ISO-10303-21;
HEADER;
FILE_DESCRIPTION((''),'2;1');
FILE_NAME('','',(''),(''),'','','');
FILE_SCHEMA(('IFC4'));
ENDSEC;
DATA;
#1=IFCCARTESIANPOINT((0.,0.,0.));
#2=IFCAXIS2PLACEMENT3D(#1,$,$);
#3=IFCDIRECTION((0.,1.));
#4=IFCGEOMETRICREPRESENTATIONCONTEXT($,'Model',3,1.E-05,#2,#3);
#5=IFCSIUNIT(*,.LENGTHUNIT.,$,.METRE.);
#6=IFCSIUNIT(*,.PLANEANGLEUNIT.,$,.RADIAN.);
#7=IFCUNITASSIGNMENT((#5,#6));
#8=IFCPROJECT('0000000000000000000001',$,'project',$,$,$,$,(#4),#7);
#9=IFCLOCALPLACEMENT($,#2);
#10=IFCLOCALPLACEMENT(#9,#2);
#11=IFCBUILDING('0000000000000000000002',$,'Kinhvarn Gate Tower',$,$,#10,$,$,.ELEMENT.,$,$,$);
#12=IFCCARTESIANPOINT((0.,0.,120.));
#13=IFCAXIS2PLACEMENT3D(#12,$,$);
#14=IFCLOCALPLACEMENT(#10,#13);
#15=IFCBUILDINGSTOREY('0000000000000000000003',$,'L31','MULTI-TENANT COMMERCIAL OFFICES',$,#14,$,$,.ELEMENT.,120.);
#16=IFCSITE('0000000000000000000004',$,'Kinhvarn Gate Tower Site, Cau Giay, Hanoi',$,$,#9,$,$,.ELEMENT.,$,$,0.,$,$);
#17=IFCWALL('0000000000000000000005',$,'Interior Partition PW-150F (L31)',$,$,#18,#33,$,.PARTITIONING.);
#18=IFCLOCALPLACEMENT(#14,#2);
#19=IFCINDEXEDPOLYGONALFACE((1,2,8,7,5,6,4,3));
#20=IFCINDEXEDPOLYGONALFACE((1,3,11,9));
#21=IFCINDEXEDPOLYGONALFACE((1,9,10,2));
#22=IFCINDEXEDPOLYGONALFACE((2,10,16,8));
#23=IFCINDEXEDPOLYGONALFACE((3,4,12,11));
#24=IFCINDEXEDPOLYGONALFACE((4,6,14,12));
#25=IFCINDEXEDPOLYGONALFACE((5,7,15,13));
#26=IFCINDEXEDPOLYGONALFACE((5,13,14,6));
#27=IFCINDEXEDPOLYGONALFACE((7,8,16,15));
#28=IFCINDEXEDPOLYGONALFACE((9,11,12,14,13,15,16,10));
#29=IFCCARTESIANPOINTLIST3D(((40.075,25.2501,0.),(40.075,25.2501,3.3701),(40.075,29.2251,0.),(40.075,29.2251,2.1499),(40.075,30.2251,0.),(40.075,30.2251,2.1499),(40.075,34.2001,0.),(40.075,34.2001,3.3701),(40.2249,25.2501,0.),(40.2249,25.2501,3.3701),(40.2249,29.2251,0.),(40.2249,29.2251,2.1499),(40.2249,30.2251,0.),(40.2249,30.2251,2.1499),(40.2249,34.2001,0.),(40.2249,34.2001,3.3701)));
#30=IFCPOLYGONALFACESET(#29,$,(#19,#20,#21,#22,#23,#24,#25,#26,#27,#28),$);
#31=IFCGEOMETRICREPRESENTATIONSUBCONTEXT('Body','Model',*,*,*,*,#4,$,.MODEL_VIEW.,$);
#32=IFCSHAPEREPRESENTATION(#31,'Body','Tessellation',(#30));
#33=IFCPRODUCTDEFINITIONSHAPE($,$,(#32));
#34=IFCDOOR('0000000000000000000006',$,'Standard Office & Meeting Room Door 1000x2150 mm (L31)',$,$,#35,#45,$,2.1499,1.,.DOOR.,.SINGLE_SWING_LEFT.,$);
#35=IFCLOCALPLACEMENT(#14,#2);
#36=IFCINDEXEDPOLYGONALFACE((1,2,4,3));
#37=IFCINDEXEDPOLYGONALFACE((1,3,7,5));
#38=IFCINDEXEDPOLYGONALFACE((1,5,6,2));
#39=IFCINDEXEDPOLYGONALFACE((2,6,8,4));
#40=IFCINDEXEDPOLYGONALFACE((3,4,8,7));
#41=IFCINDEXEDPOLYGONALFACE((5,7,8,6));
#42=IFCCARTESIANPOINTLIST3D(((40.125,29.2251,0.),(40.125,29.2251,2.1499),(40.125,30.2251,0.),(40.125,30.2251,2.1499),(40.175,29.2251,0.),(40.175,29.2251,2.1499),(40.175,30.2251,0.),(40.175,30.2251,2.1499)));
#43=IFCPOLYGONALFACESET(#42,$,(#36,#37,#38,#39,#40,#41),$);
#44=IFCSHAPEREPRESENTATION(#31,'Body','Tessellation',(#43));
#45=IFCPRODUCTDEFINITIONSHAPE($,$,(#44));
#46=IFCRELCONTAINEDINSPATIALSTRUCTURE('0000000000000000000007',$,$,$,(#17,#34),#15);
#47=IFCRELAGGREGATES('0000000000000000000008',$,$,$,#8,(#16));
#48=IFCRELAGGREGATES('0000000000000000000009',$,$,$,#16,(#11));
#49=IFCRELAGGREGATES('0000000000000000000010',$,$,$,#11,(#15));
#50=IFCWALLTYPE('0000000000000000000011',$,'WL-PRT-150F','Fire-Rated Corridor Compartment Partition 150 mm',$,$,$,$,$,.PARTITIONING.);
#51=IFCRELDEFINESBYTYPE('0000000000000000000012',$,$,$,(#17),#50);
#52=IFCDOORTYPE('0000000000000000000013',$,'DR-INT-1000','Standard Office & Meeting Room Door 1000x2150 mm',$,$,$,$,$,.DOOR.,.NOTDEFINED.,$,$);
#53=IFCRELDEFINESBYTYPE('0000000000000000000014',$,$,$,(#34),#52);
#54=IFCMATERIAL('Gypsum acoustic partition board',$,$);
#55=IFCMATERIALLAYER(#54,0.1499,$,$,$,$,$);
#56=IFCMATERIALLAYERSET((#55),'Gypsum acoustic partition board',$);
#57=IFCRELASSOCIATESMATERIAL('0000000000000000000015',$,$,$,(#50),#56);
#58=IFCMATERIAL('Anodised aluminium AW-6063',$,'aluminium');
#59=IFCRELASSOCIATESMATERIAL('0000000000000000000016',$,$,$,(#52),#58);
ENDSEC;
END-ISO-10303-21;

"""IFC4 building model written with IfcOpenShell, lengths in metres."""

from ifc_helpers import new_model, si_unit, direction, frame, frame_2d, origin, place, context, subcontext, project, spatial, rectangle, extrude, material, layer, layer_set, type_object, element, fill, save


model = new_model("IFC4")

# Units and contexts
model_context = context("Model", 3, precision=1e-05, world=origin(), true_north=direction((0.0, 1.0)))
body_context = subcontext(model_context, "Body", "Model", "MODEL_VIEW")
ifc_project = project(units=[si_unit("LENGTHUNIT", "METRE"), si_unit("PLANEANGLEUNIT", "RADIAN")], contexts=[model_context])

# Site, building, storey
site_placement = place(None, origin())
site = spatial("IfcSite", under=ifc_project, at=site_placement, Name="Kinhvarn Gate Tower Site, Cau Giay, Hanoi", CompositionType="ELEMENT", RefElevation=0.0)
building_placement = place(site_placement, origin())
building = spatial("IfcBuilding", under=site, at=building_placement, Name="Kinhvarn Gate Tower", CompositionType="ELEMENT")
storey_placement = place(building_placement, frame((0.0, 0.0, 120.0)))
storey = spatial("IfcBuildingStorey", under=building, at=storey_placement, Name="L31", Description="MULTI-TENANT COMMERCIAL OFFICES", CompositionType="ELEMENT", Elevation=120.0)

# Shared definitions
ifc_material_1 = material(Name="Anodised aluminium AW-6063", Category="aluminium")

# Shared definitions
ifc_material_2 = material(Name="Gypsum acoustic partition board")

# Wall, opening, door
ifc_layer_1 = layer(ifc_material_2, 0.1499)
ifc_layer_set_1 = layer_set([ifc_layer_1], Name="Gypsum acoustic partition board")
wall_type_1 = type_object("IfcWallType", Name="WL-PRT-150F", Description="Fire-Rated Corridor Compartment Partition 150 mm", PredefinedType="PARTITIONING", material=ifc_layer_set_1)
door_type = type_object("IfcDoorType", Name="DR-INT-1000", Description="Standard Office & Meeting Room Door 1000x2150 mm", OperationType="NOTDEFINED", PredefinedType="DOOR", material=ifc_material_1)
wall_1_placement = place(storey_placement, frame((40.1499, 25.25, 0.0), z_axis=(0.0, 0.0, 1.0), x_axis=(0.0, 1.0, 0.0)))
wall_1 = element("IfcWall", 1, at=wall_1_placement, inside=storey, type_object=wall_type_1, Name="Interior Partition PW-150F (L31)", PredefinedType="PARTITIONING", context=body_context, shape_type="SweptSolid", body=[
    extrude(rectangle(XDim=8.95, YDim=0.1499, at=frame_2d((4.4751, 0.0))), origin(), (0.0, 0.0, 1.0), 3.3701),
])
opening_1_placement = place(wall_1_placement, frame((3.9751, 0.0, 0.0)))
opening_1 = element("IfcOpeningElement", 2, at=opening_1_placement, cuts=wall_1, PredefinedType="OPENING", context=body_context, shape_type="SweptSolid", body=[
    extrude(rectangle(XDim=1.0, YDim=2.1499, at=frame_2d((0.5, 1.075))), frame((0.0, 0.085, 0.0), z_axis=(0.0, -1.0, 0.0), x_axis=(1.0, 0.0, 0.0)), (0.0, 0.0, 1.0), 0.1699),
])
door_1_placement = place(opening_1_placement, origin())
door_1 = element("IfcDoor", 3, at=door_1_placement, inside=storey, type_object=door_type, Name="Standard Office & Meeting Room Door 1000x2150 mm (L31)", OperationType="SINGLE_SWING_LEFT", OverallHeight=2.1499, OverallWidth=1.0, PredefinedType="DOOR", context=body_context, shape_type="SweptSolid", body=[
    extrude(rectangle(XDim=1.0, YDim=2.1499, at=frame_2d((0.5, 1.075))), frame((0.0, 0.0249, 0.0), z_axis=(0.0, -1.0, 0.0), x_axis=(1.0, 0.0, 0.0)), (0.0, 0.0, 1.0), 0.05),
])
fill(opening_1, door_1)

save(model, "model.ifc")
